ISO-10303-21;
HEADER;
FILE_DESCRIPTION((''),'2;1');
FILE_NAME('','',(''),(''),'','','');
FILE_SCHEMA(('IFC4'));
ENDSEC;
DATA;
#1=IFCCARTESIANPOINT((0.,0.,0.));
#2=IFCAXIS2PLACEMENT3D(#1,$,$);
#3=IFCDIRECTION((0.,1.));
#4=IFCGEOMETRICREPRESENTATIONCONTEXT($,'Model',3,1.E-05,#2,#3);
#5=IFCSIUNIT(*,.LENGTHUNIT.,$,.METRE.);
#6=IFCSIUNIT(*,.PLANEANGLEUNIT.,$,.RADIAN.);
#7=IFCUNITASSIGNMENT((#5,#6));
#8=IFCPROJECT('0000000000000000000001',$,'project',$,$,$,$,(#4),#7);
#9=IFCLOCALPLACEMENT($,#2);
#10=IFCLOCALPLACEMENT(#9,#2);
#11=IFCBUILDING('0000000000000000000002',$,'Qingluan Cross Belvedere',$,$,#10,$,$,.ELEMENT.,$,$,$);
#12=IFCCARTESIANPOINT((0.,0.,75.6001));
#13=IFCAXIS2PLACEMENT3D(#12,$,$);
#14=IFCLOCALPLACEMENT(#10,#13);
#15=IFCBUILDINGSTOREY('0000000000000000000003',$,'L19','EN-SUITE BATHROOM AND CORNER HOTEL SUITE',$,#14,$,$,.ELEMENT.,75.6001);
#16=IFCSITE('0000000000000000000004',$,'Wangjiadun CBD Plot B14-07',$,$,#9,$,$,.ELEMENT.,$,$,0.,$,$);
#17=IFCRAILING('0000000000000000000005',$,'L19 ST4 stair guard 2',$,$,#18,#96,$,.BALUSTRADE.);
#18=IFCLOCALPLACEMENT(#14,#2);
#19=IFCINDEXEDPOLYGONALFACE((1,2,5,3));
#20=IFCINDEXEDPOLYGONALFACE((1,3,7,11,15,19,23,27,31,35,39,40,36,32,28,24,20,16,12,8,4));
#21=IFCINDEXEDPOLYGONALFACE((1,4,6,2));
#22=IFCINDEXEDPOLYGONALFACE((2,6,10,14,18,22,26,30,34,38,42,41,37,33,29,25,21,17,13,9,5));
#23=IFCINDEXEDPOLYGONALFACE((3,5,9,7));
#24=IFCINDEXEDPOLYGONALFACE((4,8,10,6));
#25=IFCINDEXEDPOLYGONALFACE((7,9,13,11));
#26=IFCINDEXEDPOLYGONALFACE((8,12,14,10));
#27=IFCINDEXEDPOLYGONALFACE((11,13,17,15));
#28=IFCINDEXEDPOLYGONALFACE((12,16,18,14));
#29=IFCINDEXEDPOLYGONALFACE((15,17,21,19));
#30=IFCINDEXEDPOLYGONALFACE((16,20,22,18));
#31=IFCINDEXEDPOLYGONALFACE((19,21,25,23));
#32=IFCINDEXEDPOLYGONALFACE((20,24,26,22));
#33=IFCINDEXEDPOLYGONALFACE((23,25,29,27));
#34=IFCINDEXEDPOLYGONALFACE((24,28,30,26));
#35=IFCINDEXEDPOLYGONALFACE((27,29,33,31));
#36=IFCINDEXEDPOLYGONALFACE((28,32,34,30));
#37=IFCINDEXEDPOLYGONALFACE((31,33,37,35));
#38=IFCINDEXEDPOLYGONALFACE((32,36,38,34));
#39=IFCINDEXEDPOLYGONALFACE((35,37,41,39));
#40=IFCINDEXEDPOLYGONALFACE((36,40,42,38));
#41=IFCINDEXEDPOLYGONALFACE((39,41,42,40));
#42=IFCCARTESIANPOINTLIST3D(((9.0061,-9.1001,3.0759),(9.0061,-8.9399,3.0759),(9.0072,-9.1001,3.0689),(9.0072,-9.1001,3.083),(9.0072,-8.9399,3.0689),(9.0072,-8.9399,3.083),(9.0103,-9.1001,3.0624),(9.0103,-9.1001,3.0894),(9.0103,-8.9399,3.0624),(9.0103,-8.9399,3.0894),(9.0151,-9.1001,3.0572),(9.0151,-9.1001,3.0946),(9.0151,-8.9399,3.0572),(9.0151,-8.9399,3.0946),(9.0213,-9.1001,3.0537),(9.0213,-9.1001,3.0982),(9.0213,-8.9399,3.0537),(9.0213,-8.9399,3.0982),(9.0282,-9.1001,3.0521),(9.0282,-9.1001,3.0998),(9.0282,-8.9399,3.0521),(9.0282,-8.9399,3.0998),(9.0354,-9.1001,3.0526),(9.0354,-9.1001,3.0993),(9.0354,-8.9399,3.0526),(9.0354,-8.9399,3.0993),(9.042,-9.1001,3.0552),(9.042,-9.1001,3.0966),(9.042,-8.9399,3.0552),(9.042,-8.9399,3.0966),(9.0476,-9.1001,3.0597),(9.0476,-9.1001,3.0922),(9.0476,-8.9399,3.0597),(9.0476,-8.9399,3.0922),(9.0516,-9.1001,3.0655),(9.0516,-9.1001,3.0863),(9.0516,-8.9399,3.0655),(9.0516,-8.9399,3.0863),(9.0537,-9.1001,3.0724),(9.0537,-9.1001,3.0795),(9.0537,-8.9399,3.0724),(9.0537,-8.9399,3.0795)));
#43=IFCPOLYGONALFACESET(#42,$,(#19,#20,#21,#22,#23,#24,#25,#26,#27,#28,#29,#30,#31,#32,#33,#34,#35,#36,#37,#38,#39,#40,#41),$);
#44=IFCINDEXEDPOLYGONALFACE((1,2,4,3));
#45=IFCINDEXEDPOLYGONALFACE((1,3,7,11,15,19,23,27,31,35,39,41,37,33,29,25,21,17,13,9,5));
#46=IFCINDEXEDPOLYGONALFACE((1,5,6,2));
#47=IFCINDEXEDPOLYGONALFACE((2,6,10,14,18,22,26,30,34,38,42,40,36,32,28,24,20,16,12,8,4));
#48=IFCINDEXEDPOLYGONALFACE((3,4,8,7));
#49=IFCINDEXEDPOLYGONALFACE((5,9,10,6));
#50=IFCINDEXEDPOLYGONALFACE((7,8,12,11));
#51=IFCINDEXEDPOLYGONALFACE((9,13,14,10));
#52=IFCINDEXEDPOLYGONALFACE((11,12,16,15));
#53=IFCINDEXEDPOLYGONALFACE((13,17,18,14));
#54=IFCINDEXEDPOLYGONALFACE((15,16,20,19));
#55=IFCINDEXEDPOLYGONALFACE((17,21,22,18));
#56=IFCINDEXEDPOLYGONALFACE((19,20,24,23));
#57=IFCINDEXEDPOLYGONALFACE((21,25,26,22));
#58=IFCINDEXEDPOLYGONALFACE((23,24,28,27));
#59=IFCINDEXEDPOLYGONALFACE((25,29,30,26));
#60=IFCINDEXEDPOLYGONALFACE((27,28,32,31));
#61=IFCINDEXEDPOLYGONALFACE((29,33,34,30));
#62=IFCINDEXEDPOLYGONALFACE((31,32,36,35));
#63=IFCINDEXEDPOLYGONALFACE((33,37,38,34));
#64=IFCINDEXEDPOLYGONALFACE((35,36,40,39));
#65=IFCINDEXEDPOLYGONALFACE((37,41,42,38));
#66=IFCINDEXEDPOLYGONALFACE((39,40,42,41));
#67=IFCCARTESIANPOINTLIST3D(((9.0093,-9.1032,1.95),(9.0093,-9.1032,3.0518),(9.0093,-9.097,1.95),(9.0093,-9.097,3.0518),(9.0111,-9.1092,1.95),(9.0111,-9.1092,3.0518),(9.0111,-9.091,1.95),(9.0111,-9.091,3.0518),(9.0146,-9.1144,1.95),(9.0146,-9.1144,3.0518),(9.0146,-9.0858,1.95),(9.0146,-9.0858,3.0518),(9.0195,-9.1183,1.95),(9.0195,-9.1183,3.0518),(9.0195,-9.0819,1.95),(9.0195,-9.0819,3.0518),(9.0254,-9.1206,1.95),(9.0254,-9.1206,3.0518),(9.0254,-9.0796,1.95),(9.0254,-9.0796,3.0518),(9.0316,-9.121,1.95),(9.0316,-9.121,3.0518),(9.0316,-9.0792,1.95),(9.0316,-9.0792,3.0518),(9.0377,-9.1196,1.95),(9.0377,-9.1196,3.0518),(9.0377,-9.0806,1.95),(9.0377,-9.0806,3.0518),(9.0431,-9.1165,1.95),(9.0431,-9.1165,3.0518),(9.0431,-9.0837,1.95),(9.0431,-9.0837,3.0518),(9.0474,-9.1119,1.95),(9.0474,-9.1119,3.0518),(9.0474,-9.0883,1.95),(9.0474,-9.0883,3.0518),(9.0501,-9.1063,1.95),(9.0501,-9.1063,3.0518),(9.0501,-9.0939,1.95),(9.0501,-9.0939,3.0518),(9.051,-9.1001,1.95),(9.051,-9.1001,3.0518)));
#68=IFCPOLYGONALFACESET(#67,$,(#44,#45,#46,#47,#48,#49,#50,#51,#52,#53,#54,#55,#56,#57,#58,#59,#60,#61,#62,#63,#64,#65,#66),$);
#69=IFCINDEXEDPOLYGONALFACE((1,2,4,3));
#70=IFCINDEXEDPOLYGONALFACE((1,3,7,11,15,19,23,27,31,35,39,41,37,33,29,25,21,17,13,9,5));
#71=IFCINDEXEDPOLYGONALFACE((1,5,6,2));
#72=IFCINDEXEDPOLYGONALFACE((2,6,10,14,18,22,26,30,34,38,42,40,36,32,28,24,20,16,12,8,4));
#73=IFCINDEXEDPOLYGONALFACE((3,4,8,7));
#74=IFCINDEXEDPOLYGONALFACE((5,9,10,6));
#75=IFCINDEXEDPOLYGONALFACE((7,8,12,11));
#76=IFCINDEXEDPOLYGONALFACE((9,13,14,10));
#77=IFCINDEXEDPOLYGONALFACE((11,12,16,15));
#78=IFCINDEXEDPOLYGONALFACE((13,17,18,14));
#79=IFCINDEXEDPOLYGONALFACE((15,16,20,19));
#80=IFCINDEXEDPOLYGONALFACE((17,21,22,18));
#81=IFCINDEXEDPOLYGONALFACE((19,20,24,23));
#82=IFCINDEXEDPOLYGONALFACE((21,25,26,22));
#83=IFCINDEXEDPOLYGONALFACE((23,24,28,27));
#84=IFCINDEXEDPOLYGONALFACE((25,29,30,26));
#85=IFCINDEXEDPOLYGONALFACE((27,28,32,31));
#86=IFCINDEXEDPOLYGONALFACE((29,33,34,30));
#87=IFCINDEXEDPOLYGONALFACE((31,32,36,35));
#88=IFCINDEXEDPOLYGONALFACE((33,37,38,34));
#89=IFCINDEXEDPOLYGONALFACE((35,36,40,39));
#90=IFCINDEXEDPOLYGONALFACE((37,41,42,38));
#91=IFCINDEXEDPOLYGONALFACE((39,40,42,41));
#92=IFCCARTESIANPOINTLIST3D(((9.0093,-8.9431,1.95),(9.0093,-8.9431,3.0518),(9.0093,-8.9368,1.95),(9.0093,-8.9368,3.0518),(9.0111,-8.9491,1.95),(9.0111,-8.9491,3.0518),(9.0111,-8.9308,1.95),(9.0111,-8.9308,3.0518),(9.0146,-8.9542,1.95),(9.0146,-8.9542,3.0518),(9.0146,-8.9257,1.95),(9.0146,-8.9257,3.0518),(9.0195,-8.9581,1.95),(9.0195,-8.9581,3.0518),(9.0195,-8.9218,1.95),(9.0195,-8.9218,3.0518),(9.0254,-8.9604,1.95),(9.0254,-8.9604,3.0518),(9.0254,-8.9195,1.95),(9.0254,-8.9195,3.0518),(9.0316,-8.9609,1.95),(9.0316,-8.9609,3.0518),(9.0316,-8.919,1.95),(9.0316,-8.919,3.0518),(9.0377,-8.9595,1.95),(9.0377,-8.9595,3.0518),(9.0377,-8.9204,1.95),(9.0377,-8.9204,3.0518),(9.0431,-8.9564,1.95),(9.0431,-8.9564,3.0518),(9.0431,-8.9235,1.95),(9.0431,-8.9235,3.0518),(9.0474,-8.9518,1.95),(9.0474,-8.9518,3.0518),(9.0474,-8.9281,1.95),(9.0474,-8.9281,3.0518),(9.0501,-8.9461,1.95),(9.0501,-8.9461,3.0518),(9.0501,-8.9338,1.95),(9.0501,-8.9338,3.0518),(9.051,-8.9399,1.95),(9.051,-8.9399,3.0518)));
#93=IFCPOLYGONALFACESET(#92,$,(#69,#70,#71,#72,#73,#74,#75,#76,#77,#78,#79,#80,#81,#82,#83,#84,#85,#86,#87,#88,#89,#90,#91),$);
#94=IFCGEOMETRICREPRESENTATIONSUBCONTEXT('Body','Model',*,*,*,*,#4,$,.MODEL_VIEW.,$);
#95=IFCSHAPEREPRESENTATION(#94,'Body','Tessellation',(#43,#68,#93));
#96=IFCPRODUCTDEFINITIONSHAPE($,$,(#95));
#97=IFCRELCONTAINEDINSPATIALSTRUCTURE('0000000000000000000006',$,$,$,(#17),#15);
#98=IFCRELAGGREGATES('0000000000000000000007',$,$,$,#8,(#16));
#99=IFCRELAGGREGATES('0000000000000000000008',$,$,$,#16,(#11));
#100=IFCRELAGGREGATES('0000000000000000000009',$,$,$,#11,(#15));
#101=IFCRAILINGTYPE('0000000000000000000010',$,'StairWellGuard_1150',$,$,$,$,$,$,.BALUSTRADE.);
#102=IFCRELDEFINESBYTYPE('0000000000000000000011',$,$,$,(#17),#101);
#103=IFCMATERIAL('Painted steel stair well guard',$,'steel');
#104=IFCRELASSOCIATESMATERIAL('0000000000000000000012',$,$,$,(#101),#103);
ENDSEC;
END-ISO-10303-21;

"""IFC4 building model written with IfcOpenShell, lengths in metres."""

from ifc_helpers import new_model, si_unit, direction, frame, origin, origin_2d, place, context, subcontext, project, spatial, circle, extrude, material, type_object, element, save


model = new_model("IFC4")

# Units and contexts
model_context = context("Model", 3, precision=1e-05, world=origin(), true_north=direction((0.0, 1.0)))
body_context = subcontext(model_context, "Body", "Model", "MODEL_VIEW")
ifc_project = project(units=[si_unit("LENGTHUNIT", "METRE"), si_unit("PLANEANGLEUNIT", "RADIAN")], contexts=[model_context])

# Site, building, storey
site_placement = place(None, origin())
site = spatial("IfcSite", under=ifc_project, at=site_placement, Name="Wangjiadun CBD Plot B14-07", CompositionType="ELEMENT", RefElevation=0.0)
building_placement = place(site_placement, origin())
building = spatial("IfcBuilding", under=site, at=building_placement, Name="Qingluan Cross Belvedere", CompositionType="ELEMENT")
storey_placement = place(building_placement, frame((0.0, 0.0, 75.6001)))
storey = spatial("IfcBuildingStorey", under=building, at=storey_placement, Name="L19", Description="EN-SUITE BATHROOM AND CORNER HOTEL SUITE", CompositionType="ELEMENT", Elevation=75.6001)

# Railing
ifc_material_1 = material(Name="Painted steel stair well guard", Category="steel")
railing_type = type_object("IfcRailingType", Name="StairWellGuard_1150", PredefinedType="BALUSTRADE", material=ifc_material_1)
railing_1_placement = place(storey_placement, frame((9.03, -9.1001, 1.95)))
element("IfcRailing", 1, at=railing_1_placement, inside=storey, type_object=railing_type, Name="L19 ST4 stair guard 2", PredefinedType="BALUSTRADE", context=body_context, shape_type="SweptSolid", body=[
    extrude(circle(Radius=0.0239, at=origin_2d()), frame((0.0, 0.0, 1.126), z_axis=(0.0, 1.0, 0.0), x_axis=(-1.0, 0.0, 0.0)), (0.0, 0.0, 1.0), 0.1602),
    extrude(circle(Radius=0.021, at=origin_2d()), origin(), (0.0, 0.0, 1.0), 1.1018),
    extrude(circle(Radius=0.021, at=origin_2d()), frame((0.0, 0.1602, 0.0)), (0.0, 0.0, 1.0), 1.1018),
])

save(model, "model.ifc")
